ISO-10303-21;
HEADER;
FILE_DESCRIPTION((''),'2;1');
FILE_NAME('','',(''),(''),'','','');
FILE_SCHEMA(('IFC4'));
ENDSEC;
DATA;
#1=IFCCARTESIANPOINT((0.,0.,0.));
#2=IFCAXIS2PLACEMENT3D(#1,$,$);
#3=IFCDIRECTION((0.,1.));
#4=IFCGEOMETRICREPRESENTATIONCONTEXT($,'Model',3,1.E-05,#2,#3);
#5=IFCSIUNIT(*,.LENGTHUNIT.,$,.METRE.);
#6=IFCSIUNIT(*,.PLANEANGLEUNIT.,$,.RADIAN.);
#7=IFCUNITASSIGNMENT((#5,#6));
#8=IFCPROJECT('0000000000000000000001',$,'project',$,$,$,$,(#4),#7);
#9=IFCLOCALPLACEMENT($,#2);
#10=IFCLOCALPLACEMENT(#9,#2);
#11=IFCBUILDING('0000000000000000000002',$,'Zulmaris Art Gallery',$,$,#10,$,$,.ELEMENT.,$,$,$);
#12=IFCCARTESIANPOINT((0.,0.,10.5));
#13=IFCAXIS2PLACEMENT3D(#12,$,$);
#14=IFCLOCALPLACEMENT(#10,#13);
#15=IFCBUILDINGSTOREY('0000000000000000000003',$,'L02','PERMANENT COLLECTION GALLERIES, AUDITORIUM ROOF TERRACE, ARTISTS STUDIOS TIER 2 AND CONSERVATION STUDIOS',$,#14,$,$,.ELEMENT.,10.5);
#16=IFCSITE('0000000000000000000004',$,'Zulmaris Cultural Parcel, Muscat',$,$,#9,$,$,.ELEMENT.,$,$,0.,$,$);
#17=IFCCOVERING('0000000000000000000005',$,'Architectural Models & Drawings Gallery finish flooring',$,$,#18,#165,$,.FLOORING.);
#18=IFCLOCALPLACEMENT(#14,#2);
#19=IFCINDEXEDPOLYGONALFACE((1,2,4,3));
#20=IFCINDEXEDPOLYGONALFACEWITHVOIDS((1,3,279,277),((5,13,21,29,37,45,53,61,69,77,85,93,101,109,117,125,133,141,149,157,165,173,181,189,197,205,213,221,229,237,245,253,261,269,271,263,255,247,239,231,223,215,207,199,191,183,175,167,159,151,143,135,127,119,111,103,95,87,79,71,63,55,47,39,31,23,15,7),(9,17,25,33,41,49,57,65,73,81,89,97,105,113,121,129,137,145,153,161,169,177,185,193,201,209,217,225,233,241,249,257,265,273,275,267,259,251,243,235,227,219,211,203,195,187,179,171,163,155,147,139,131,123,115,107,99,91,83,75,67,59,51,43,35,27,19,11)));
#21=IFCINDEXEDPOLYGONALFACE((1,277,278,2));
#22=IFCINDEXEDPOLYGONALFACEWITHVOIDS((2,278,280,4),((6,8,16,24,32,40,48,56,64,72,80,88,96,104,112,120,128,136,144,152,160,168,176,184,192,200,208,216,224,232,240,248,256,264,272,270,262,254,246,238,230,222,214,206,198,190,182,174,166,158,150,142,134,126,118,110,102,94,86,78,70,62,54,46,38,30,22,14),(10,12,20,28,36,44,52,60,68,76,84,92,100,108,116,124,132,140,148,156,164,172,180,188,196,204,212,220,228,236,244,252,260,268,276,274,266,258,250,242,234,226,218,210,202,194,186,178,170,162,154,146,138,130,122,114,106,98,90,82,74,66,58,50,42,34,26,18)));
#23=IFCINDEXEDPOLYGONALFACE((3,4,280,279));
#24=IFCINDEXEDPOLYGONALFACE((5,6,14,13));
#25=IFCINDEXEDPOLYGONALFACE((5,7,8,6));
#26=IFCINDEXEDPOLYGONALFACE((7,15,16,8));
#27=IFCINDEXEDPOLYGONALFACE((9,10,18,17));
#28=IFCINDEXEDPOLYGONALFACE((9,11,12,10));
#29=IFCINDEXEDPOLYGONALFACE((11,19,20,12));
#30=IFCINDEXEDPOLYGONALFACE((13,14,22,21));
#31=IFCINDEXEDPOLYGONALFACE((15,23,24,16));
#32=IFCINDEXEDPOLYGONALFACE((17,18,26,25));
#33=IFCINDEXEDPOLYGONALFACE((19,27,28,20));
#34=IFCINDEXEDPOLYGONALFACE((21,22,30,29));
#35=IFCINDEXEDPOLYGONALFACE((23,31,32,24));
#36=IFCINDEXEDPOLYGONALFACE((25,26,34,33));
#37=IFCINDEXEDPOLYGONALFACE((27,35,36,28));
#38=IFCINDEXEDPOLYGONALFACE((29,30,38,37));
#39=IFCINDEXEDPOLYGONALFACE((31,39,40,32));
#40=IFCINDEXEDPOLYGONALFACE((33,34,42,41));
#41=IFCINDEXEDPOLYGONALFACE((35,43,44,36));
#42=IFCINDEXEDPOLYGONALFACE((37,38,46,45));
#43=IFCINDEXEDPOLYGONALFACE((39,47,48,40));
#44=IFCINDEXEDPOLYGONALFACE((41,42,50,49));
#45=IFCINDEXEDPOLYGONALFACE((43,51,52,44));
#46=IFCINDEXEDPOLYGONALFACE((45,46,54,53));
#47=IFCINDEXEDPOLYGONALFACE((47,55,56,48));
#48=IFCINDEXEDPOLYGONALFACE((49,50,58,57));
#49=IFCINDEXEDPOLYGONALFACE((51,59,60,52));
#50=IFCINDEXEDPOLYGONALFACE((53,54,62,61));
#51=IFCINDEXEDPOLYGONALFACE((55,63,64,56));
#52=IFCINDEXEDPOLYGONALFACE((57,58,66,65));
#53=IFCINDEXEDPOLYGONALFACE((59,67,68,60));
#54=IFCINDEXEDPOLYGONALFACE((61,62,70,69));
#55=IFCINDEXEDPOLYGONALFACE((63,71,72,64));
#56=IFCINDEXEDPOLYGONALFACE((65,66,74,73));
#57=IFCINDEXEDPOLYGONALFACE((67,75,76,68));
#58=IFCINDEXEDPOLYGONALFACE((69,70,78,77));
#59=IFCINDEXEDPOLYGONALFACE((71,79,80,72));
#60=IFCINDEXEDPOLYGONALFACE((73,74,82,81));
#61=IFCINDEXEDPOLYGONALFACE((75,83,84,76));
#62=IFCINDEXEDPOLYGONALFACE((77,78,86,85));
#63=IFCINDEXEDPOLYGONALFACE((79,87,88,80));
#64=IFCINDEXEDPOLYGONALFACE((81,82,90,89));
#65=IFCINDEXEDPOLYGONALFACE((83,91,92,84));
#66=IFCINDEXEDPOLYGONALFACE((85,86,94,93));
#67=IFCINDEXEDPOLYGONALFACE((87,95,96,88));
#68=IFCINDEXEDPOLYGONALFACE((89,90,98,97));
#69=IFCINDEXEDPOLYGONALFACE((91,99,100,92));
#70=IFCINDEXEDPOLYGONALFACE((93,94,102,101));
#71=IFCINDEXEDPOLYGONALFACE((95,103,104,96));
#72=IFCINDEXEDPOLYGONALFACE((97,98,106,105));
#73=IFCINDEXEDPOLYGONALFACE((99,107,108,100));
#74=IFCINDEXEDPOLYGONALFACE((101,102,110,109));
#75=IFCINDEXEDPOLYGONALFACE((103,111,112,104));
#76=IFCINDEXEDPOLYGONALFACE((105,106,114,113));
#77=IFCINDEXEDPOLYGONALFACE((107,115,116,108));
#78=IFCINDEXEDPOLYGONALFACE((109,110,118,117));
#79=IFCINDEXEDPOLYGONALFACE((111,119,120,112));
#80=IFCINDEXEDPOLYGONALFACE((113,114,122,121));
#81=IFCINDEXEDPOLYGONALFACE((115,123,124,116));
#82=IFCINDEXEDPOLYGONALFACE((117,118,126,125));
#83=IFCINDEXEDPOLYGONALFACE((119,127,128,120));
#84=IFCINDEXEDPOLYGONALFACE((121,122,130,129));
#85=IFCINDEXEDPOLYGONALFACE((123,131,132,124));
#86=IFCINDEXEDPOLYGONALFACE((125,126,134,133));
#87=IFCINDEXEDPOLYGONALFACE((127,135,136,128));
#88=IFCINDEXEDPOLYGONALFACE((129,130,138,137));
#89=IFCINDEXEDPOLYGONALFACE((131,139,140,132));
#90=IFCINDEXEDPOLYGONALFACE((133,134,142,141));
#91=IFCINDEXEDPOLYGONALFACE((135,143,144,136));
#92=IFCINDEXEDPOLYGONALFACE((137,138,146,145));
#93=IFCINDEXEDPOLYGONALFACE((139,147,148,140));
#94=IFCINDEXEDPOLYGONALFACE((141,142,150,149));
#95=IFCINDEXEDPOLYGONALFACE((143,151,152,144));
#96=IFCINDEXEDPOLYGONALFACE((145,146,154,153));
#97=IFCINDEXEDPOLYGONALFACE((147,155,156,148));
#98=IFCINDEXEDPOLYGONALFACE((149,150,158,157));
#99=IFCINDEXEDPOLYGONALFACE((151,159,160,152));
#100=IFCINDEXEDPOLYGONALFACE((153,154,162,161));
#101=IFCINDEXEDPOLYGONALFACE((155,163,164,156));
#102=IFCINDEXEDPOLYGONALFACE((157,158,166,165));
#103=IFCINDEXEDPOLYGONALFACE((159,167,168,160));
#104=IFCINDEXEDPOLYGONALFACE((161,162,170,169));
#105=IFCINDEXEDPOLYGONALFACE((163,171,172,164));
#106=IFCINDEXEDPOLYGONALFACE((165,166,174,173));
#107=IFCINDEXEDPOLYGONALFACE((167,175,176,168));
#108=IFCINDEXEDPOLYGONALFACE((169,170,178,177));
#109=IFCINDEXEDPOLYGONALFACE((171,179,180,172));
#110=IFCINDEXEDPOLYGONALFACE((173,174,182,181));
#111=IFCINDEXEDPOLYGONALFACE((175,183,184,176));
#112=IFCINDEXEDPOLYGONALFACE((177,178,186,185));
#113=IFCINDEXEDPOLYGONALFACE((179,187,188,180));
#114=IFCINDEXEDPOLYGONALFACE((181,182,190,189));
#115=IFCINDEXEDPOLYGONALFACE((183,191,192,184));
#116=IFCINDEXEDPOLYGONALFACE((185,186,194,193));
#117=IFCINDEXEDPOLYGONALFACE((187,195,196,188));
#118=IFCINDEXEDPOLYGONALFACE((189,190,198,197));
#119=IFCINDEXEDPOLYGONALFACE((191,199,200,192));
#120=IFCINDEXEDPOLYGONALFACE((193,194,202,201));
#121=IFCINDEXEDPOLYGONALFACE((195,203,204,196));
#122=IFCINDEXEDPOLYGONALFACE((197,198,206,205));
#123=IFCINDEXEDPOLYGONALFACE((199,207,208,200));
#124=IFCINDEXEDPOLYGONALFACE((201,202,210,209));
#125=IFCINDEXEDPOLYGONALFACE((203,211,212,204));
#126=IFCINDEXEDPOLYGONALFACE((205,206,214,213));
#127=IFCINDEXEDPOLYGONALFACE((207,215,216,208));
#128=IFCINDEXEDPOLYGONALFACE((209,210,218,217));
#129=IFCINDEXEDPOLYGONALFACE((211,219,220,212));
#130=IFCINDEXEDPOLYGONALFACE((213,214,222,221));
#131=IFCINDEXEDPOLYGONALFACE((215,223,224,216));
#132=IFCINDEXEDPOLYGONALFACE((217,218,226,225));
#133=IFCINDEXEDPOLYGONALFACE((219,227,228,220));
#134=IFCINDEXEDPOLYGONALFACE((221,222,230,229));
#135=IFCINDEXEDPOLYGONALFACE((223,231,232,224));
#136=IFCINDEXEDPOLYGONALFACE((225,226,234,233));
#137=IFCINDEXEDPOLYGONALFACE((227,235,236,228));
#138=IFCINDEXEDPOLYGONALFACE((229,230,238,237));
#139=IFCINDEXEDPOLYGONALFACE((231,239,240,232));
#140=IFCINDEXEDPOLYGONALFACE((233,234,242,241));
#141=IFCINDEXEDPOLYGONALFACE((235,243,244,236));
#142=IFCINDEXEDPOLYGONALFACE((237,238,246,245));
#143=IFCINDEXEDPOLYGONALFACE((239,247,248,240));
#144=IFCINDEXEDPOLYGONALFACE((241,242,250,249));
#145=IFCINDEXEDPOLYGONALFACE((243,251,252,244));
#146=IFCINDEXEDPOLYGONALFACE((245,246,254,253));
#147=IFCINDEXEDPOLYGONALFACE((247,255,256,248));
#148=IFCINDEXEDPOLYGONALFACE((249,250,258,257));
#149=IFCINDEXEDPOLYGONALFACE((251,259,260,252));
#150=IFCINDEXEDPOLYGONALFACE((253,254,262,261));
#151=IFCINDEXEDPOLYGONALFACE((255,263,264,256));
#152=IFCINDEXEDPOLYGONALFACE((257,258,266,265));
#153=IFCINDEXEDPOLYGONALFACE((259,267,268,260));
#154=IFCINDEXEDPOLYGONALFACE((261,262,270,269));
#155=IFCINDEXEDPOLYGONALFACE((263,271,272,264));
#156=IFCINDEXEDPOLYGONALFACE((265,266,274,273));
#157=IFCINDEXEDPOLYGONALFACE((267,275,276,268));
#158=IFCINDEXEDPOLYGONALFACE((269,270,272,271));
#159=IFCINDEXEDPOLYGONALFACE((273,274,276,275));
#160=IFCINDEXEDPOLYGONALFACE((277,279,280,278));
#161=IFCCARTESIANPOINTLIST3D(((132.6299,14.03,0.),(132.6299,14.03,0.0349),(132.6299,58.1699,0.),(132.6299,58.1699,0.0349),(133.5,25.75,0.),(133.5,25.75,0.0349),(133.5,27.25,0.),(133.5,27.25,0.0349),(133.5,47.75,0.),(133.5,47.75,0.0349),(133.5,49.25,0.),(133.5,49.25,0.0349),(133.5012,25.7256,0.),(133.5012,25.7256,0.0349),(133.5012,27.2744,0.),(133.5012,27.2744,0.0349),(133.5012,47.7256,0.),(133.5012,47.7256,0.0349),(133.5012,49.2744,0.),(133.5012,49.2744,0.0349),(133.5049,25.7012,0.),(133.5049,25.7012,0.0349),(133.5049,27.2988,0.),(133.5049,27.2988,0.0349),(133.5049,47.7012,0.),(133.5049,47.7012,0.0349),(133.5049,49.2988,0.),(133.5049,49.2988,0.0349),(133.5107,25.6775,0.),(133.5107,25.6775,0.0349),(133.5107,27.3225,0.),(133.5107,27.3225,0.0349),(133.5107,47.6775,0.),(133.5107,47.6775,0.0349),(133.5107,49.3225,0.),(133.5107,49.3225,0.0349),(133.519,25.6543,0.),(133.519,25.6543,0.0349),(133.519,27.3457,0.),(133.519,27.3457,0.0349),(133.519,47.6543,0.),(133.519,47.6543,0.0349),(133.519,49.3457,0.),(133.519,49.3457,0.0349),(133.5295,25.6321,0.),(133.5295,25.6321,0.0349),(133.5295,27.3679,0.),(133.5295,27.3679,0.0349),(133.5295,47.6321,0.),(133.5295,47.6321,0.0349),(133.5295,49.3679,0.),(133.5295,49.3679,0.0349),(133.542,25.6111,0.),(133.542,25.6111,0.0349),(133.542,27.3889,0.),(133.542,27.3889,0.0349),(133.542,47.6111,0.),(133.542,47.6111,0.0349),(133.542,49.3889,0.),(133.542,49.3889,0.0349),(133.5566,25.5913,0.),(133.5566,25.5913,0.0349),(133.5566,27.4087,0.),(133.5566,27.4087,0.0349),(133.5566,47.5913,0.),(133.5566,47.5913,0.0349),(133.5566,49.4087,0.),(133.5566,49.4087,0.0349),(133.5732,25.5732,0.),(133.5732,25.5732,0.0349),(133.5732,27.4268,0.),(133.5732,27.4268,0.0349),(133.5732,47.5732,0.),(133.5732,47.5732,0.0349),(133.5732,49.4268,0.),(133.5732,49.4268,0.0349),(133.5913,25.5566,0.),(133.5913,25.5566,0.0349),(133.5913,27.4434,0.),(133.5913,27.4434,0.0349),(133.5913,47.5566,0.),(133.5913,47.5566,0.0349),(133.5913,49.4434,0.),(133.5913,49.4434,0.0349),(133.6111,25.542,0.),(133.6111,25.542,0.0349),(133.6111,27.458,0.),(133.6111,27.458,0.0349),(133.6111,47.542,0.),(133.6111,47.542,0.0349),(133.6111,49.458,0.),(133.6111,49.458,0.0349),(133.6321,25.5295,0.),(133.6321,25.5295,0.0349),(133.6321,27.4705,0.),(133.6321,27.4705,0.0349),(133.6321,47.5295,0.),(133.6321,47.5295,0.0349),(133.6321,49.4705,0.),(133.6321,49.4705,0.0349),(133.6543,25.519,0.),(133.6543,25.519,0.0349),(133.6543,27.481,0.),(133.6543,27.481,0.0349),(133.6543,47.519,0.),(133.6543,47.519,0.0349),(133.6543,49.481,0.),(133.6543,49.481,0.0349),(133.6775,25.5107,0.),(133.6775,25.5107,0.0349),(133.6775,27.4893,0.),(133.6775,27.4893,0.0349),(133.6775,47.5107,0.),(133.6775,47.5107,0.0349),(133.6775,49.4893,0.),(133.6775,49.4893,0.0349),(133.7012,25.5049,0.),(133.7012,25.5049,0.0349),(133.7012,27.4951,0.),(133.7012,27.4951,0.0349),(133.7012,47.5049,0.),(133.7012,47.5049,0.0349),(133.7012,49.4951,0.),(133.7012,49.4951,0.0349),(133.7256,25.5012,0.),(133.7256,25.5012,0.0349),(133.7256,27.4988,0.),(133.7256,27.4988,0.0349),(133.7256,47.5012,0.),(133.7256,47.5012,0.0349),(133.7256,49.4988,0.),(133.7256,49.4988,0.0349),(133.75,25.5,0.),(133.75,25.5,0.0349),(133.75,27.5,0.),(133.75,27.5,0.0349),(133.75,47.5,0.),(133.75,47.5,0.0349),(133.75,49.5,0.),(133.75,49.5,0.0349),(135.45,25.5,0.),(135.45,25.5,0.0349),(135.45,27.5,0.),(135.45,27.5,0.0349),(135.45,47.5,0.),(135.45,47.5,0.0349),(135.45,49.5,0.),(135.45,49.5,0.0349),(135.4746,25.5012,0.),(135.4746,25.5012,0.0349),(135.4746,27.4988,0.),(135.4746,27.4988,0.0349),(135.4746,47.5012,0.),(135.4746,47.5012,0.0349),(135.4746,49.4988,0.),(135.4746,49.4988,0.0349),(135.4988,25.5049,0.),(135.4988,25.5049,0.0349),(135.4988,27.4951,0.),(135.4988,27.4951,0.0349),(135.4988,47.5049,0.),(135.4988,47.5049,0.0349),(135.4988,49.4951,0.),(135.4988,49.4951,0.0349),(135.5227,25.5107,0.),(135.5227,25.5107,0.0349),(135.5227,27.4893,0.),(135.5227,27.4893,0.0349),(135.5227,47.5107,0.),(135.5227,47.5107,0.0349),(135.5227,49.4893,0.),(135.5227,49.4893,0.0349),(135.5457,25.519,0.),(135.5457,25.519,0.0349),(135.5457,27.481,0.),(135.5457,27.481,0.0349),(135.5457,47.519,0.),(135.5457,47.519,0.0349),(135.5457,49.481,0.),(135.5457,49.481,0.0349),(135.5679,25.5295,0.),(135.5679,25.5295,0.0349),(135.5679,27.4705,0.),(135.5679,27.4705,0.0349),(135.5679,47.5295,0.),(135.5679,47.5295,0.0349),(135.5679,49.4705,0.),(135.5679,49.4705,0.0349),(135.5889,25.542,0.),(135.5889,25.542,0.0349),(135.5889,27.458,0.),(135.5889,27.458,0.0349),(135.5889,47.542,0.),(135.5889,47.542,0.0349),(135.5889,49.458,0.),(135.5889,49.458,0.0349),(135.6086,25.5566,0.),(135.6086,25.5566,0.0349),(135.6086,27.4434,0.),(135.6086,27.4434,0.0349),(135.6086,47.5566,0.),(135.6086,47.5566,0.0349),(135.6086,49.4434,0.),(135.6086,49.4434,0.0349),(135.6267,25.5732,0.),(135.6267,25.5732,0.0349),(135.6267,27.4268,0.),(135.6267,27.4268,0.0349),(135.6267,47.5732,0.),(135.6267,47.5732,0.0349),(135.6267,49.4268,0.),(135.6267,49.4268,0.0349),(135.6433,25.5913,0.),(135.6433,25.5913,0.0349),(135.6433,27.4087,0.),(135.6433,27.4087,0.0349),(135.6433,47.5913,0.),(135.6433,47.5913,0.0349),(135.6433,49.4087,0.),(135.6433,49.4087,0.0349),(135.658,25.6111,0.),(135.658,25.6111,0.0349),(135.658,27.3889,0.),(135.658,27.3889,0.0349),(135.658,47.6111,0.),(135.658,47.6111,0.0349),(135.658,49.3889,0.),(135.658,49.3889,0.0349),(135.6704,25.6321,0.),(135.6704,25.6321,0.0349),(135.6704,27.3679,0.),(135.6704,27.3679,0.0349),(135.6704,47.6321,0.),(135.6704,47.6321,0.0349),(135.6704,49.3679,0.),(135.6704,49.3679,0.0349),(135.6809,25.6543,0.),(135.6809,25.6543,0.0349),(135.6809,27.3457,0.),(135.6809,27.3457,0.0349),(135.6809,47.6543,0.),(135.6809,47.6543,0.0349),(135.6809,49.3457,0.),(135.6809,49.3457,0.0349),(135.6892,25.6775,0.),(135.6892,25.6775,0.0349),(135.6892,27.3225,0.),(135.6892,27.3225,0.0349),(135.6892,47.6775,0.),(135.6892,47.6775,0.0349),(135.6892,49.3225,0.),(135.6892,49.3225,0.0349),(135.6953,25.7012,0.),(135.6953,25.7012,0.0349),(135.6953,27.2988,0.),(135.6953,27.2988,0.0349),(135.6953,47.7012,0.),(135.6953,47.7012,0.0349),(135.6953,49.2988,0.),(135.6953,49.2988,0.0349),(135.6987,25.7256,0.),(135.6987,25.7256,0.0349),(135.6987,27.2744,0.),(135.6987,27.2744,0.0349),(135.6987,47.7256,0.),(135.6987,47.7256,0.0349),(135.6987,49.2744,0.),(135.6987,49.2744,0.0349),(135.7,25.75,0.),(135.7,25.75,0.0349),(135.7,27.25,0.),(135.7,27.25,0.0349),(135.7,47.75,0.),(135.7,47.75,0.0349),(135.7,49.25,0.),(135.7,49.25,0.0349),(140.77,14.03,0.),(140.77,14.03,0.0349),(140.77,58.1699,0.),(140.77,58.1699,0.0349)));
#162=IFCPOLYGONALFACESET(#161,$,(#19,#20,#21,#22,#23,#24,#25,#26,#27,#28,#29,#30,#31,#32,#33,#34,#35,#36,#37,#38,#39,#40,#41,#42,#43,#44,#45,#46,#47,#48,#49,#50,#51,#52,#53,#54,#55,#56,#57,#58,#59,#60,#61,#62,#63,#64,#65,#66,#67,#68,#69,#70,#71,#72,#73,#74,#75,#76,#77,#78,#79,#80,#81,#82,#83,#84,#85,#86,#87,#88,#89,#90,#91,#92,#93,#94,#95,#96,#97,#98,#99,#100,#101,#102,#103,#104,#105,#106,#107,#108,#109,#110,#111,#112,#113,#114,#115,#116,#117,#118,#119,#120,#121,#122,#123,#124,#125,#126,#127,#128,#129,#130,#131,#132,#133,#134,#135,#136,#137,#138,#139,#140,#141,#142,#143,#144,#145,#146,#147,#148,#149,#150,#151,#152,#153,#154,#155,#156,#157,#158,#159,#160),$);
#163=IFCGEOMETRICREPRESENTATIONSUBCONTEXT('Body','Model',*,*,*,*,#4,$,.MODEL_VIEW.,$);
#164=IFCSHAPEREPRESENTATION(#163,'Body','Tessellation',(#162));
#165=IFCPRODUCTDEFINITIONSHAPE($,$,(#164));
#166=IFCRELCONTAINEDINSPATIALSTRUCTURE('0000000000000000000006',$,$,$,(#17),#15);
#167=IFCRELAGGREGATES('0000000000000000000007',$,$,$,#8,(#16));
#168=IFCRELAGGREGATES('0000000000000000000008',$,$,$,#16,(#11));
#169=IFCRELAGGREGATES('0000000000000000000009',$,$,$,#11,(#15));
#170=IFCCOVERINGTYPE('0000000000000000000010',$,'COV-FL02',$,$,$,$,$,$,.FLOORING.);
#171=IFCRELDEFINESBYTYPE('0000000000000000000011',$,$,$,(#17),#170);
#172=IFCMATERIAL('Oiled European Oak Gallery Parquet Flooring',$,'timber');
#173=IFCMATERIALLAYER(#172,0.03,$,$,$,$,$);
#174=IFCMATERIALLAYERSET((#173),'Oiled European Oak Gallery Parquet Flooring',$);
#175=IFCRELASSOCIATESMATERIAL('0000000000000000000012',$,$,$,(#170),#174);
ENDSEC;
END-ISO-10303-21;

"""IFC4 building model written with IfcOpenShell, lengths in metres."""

from ifc_helpers import new_model, si_unit, direction, frame, origin, place, context, subcontext, project, spatial, polyline, outline, extrude, material, layer, layer_set, type_object, element, save


model = new_model("IFC4")

# Units and contexts
model_context = context("Model", 3, precision=1e-05, world=origin(), true_north=direction((0.0, 1.0)))
body_context = subcontext(model_context, "Body", "Model", "MODEL_VIEW")
ifc_project = project(units=[si_unit("LENGTHUNIT", "METRE"), si_unit("PLANEANGLEUNIT", "RADIAN")], contexts=[model_context])

# Site, building, storey
site_placement = place(None, origin())
site = spatial("IfcSite", under=ifc_project, at=site_placement, Name="Zulmaris Cultural Parcel, Muscat", CompositionType="ELEMENT", RefElevation=0.0)
building_placement = place(site_placement, origin())
building = spatial("IfcBuilding", under=site, at=building_placement, Name="Zulmaris Art Gallery", CompositionType="ELEMENT")
storey_placement = place(building_placement, frame((0.0, 0.0, 10.5)))
storey = spatial("IfcBuildingStorey", under=building, at=storey_placement, Name="L02", Description="PERMANENT COLLECTION GALLERIES, AUDITORIUM ROOF TERRACE, ARTISTS STUDIOS TIER 2 AND CONSERVATION STUDIOS", CompositionType="ELEMENT", Elevation=10.5)

# Covering
ifc_material_1 = material(Name="Oiled European Oak Gallery Parquet Flooring", Category="timber")
ifc_layer_1 = layer(ifc_material_1, 0.03)
ifc_layer_set_1 = layer_set([ifc_layer_1], Name="Oiled European Oak Gallery Parquet Flooring")
covering_type_1 = type_object("IfcCoveringType", Name="COV-FL02", PredefinedType="FLOORING", material=ifc_layer_set_1)
covering_1_placement = place(storey_placement, origin())
element("IfcCovering", 1, at=covering_1_placement, inside=storey, type_object=covering_type_1, Name="Architectural Models & Drawings Gallery finish flooring", PredefinedType="FLOORING", context=body_context, shape_type="SweptSolid", body=[
    extrude(outline(polyline([(140.77, 14.03), (132.6299, 14.03), (132.6299, 58.1699), (140.77, 58.1699), (140.77, 14.03)]), holes=[polyline([(133.5012, 25.7256), (133.5049, 25.7012), (133.5107, 25.6775), (133.519, 25.6543), (133.5295, 25.6321), (133.542, 25.6111), (133.5566, 25.5913), (133.5732, 25.5732), (133.5913, 25.5566), (133.6111, 25.542), (133.6321, 25.5295), (133.6543, 25.519), (133.6775, 25.5107), (133.7012, 25.5049), (133.7256, 25.5012), (133.75, 25.5), (135.45, 25.5), (135.4746, 25.5012), (135.4988, 25.5049), (135.5227, 25.5107), (135.5457, 25.519), (135.5679, 25.5295), (135.5889, 25.542), (135.6086, 25.5566), (135.6267, 25.5732), (135.6433, 25.5913), (135.658, 25.6111), (135.6704, 25.6321), (135.6809, 25.6543), (135.6892, 25.6775), (135.6953, 25.7012), (135.6987, 25.7256), (135.7, 25.75), (135.7, 27.25), (135.6987, 27.2744), (135.6953, 27.2988), (135.6892, 27.3225), (135.6809, 27.3457), (135.6704, 27.3679), (135.658, 27.3889), (135.6433, 27.4087), (135.6267, 27.4268), (135.6086, 27.4434), (135.5889, 27.458), (135.5679, 27.4705), (135.5457, 27.481), (135.5227, 27.4893), (135.4988, 27.4951), (135.4746, 27.4988), (135.45, 27.5), (133.75, 27.5), (133.7256, 27.4988), (133.7012, 27.4951), (133.6775, 27.4893), (133.6543, 27.481), (133.6321, 27.4705), (133.6111, 27.458), (133.5913, 27.4434), (133.5732, 27.4268), (133.5566, 27.4087), (133.542, 27.3889), (133.5295, 27.3679), (133.519, 27.3457), (133.5107, 27.3225), (133.5049, 27.2988), (133.5012, 27.2744), (133.5, 27.25), (133.5, 25.75), (133.5012, 25.7256)]), polyline([(133.5012, 47.7256), (133.5049, 47.7012), (133.5107, 47.6775), (133.519, 47.6543), (133.5295, 47.6321), (133.542, 47.6111), (133.5566, 47.5913), (133.5732, 47.5732), (133.5913, 47.5566), (133.6111, 47.542), (133.6321, 47.5295), (133.6543, 47.519), (133.6775, 47.5107), (133.7012, 47.5049), (133.7256, 47.5012), (133.75, 47.5), (135.45, 47.5), (135.4746, 47.5012), (135.4988, 47.5049), (135.5227, 47.5107), (135.5457, 47.519), (135.5679, 47.5295), (135.5889, 47.542), (135.6086, 47.5566), (135.6267, 47.5732), (135.6433, 47.5913), (135.658, 47.6111), (135.6704, 47.6321), (135.6809, 47.6543), (135.6892, 47.6775), (135.6953, 47.7012), (135.6987, 47.7256), (135.7, 47.75), (135.7, 49.25), (135.6987, 49.2744), (135.6953, 49.2988), (135.6892, 49.3225), (135.6809, 49.3457), (135.6704, 49.3679), (135.658, 49.3889), (135.6433, 49.4087), (135.6267, 49.4268), (135.6086, 49.4434), (135.5889, 49.458), (135.5679, 49.4705), (135.5457, 49.481), (135.5227, 49.4893), (135.4988, 49.4951), (135.4746, 49.4988), (135.45, 49.5), (133.75, 49.5), (133.7256, 49.4988), (133.7012, 49.4951), (133.6775, 49.4893), (133.6543, 49.481), (133.6321, 49.4705), (133.6111, 49.458), (133.5913, 49.4434), (133.5732, 49.4268), (133.5566, 49.4087), (133.542, 49.3889), (133.5295, 49.3679), (133.519, 49.3457), (133.5107, 49.3225), (133.5049, 49.2988), (133.5012, 49.2744), (133.5, 49.25), (133.5, 47.75), (133.5012, 47.7256)])]), origin(), (0.0, 0.0, 1.0), 0.0349),
])

save(model, "model.ifc")
